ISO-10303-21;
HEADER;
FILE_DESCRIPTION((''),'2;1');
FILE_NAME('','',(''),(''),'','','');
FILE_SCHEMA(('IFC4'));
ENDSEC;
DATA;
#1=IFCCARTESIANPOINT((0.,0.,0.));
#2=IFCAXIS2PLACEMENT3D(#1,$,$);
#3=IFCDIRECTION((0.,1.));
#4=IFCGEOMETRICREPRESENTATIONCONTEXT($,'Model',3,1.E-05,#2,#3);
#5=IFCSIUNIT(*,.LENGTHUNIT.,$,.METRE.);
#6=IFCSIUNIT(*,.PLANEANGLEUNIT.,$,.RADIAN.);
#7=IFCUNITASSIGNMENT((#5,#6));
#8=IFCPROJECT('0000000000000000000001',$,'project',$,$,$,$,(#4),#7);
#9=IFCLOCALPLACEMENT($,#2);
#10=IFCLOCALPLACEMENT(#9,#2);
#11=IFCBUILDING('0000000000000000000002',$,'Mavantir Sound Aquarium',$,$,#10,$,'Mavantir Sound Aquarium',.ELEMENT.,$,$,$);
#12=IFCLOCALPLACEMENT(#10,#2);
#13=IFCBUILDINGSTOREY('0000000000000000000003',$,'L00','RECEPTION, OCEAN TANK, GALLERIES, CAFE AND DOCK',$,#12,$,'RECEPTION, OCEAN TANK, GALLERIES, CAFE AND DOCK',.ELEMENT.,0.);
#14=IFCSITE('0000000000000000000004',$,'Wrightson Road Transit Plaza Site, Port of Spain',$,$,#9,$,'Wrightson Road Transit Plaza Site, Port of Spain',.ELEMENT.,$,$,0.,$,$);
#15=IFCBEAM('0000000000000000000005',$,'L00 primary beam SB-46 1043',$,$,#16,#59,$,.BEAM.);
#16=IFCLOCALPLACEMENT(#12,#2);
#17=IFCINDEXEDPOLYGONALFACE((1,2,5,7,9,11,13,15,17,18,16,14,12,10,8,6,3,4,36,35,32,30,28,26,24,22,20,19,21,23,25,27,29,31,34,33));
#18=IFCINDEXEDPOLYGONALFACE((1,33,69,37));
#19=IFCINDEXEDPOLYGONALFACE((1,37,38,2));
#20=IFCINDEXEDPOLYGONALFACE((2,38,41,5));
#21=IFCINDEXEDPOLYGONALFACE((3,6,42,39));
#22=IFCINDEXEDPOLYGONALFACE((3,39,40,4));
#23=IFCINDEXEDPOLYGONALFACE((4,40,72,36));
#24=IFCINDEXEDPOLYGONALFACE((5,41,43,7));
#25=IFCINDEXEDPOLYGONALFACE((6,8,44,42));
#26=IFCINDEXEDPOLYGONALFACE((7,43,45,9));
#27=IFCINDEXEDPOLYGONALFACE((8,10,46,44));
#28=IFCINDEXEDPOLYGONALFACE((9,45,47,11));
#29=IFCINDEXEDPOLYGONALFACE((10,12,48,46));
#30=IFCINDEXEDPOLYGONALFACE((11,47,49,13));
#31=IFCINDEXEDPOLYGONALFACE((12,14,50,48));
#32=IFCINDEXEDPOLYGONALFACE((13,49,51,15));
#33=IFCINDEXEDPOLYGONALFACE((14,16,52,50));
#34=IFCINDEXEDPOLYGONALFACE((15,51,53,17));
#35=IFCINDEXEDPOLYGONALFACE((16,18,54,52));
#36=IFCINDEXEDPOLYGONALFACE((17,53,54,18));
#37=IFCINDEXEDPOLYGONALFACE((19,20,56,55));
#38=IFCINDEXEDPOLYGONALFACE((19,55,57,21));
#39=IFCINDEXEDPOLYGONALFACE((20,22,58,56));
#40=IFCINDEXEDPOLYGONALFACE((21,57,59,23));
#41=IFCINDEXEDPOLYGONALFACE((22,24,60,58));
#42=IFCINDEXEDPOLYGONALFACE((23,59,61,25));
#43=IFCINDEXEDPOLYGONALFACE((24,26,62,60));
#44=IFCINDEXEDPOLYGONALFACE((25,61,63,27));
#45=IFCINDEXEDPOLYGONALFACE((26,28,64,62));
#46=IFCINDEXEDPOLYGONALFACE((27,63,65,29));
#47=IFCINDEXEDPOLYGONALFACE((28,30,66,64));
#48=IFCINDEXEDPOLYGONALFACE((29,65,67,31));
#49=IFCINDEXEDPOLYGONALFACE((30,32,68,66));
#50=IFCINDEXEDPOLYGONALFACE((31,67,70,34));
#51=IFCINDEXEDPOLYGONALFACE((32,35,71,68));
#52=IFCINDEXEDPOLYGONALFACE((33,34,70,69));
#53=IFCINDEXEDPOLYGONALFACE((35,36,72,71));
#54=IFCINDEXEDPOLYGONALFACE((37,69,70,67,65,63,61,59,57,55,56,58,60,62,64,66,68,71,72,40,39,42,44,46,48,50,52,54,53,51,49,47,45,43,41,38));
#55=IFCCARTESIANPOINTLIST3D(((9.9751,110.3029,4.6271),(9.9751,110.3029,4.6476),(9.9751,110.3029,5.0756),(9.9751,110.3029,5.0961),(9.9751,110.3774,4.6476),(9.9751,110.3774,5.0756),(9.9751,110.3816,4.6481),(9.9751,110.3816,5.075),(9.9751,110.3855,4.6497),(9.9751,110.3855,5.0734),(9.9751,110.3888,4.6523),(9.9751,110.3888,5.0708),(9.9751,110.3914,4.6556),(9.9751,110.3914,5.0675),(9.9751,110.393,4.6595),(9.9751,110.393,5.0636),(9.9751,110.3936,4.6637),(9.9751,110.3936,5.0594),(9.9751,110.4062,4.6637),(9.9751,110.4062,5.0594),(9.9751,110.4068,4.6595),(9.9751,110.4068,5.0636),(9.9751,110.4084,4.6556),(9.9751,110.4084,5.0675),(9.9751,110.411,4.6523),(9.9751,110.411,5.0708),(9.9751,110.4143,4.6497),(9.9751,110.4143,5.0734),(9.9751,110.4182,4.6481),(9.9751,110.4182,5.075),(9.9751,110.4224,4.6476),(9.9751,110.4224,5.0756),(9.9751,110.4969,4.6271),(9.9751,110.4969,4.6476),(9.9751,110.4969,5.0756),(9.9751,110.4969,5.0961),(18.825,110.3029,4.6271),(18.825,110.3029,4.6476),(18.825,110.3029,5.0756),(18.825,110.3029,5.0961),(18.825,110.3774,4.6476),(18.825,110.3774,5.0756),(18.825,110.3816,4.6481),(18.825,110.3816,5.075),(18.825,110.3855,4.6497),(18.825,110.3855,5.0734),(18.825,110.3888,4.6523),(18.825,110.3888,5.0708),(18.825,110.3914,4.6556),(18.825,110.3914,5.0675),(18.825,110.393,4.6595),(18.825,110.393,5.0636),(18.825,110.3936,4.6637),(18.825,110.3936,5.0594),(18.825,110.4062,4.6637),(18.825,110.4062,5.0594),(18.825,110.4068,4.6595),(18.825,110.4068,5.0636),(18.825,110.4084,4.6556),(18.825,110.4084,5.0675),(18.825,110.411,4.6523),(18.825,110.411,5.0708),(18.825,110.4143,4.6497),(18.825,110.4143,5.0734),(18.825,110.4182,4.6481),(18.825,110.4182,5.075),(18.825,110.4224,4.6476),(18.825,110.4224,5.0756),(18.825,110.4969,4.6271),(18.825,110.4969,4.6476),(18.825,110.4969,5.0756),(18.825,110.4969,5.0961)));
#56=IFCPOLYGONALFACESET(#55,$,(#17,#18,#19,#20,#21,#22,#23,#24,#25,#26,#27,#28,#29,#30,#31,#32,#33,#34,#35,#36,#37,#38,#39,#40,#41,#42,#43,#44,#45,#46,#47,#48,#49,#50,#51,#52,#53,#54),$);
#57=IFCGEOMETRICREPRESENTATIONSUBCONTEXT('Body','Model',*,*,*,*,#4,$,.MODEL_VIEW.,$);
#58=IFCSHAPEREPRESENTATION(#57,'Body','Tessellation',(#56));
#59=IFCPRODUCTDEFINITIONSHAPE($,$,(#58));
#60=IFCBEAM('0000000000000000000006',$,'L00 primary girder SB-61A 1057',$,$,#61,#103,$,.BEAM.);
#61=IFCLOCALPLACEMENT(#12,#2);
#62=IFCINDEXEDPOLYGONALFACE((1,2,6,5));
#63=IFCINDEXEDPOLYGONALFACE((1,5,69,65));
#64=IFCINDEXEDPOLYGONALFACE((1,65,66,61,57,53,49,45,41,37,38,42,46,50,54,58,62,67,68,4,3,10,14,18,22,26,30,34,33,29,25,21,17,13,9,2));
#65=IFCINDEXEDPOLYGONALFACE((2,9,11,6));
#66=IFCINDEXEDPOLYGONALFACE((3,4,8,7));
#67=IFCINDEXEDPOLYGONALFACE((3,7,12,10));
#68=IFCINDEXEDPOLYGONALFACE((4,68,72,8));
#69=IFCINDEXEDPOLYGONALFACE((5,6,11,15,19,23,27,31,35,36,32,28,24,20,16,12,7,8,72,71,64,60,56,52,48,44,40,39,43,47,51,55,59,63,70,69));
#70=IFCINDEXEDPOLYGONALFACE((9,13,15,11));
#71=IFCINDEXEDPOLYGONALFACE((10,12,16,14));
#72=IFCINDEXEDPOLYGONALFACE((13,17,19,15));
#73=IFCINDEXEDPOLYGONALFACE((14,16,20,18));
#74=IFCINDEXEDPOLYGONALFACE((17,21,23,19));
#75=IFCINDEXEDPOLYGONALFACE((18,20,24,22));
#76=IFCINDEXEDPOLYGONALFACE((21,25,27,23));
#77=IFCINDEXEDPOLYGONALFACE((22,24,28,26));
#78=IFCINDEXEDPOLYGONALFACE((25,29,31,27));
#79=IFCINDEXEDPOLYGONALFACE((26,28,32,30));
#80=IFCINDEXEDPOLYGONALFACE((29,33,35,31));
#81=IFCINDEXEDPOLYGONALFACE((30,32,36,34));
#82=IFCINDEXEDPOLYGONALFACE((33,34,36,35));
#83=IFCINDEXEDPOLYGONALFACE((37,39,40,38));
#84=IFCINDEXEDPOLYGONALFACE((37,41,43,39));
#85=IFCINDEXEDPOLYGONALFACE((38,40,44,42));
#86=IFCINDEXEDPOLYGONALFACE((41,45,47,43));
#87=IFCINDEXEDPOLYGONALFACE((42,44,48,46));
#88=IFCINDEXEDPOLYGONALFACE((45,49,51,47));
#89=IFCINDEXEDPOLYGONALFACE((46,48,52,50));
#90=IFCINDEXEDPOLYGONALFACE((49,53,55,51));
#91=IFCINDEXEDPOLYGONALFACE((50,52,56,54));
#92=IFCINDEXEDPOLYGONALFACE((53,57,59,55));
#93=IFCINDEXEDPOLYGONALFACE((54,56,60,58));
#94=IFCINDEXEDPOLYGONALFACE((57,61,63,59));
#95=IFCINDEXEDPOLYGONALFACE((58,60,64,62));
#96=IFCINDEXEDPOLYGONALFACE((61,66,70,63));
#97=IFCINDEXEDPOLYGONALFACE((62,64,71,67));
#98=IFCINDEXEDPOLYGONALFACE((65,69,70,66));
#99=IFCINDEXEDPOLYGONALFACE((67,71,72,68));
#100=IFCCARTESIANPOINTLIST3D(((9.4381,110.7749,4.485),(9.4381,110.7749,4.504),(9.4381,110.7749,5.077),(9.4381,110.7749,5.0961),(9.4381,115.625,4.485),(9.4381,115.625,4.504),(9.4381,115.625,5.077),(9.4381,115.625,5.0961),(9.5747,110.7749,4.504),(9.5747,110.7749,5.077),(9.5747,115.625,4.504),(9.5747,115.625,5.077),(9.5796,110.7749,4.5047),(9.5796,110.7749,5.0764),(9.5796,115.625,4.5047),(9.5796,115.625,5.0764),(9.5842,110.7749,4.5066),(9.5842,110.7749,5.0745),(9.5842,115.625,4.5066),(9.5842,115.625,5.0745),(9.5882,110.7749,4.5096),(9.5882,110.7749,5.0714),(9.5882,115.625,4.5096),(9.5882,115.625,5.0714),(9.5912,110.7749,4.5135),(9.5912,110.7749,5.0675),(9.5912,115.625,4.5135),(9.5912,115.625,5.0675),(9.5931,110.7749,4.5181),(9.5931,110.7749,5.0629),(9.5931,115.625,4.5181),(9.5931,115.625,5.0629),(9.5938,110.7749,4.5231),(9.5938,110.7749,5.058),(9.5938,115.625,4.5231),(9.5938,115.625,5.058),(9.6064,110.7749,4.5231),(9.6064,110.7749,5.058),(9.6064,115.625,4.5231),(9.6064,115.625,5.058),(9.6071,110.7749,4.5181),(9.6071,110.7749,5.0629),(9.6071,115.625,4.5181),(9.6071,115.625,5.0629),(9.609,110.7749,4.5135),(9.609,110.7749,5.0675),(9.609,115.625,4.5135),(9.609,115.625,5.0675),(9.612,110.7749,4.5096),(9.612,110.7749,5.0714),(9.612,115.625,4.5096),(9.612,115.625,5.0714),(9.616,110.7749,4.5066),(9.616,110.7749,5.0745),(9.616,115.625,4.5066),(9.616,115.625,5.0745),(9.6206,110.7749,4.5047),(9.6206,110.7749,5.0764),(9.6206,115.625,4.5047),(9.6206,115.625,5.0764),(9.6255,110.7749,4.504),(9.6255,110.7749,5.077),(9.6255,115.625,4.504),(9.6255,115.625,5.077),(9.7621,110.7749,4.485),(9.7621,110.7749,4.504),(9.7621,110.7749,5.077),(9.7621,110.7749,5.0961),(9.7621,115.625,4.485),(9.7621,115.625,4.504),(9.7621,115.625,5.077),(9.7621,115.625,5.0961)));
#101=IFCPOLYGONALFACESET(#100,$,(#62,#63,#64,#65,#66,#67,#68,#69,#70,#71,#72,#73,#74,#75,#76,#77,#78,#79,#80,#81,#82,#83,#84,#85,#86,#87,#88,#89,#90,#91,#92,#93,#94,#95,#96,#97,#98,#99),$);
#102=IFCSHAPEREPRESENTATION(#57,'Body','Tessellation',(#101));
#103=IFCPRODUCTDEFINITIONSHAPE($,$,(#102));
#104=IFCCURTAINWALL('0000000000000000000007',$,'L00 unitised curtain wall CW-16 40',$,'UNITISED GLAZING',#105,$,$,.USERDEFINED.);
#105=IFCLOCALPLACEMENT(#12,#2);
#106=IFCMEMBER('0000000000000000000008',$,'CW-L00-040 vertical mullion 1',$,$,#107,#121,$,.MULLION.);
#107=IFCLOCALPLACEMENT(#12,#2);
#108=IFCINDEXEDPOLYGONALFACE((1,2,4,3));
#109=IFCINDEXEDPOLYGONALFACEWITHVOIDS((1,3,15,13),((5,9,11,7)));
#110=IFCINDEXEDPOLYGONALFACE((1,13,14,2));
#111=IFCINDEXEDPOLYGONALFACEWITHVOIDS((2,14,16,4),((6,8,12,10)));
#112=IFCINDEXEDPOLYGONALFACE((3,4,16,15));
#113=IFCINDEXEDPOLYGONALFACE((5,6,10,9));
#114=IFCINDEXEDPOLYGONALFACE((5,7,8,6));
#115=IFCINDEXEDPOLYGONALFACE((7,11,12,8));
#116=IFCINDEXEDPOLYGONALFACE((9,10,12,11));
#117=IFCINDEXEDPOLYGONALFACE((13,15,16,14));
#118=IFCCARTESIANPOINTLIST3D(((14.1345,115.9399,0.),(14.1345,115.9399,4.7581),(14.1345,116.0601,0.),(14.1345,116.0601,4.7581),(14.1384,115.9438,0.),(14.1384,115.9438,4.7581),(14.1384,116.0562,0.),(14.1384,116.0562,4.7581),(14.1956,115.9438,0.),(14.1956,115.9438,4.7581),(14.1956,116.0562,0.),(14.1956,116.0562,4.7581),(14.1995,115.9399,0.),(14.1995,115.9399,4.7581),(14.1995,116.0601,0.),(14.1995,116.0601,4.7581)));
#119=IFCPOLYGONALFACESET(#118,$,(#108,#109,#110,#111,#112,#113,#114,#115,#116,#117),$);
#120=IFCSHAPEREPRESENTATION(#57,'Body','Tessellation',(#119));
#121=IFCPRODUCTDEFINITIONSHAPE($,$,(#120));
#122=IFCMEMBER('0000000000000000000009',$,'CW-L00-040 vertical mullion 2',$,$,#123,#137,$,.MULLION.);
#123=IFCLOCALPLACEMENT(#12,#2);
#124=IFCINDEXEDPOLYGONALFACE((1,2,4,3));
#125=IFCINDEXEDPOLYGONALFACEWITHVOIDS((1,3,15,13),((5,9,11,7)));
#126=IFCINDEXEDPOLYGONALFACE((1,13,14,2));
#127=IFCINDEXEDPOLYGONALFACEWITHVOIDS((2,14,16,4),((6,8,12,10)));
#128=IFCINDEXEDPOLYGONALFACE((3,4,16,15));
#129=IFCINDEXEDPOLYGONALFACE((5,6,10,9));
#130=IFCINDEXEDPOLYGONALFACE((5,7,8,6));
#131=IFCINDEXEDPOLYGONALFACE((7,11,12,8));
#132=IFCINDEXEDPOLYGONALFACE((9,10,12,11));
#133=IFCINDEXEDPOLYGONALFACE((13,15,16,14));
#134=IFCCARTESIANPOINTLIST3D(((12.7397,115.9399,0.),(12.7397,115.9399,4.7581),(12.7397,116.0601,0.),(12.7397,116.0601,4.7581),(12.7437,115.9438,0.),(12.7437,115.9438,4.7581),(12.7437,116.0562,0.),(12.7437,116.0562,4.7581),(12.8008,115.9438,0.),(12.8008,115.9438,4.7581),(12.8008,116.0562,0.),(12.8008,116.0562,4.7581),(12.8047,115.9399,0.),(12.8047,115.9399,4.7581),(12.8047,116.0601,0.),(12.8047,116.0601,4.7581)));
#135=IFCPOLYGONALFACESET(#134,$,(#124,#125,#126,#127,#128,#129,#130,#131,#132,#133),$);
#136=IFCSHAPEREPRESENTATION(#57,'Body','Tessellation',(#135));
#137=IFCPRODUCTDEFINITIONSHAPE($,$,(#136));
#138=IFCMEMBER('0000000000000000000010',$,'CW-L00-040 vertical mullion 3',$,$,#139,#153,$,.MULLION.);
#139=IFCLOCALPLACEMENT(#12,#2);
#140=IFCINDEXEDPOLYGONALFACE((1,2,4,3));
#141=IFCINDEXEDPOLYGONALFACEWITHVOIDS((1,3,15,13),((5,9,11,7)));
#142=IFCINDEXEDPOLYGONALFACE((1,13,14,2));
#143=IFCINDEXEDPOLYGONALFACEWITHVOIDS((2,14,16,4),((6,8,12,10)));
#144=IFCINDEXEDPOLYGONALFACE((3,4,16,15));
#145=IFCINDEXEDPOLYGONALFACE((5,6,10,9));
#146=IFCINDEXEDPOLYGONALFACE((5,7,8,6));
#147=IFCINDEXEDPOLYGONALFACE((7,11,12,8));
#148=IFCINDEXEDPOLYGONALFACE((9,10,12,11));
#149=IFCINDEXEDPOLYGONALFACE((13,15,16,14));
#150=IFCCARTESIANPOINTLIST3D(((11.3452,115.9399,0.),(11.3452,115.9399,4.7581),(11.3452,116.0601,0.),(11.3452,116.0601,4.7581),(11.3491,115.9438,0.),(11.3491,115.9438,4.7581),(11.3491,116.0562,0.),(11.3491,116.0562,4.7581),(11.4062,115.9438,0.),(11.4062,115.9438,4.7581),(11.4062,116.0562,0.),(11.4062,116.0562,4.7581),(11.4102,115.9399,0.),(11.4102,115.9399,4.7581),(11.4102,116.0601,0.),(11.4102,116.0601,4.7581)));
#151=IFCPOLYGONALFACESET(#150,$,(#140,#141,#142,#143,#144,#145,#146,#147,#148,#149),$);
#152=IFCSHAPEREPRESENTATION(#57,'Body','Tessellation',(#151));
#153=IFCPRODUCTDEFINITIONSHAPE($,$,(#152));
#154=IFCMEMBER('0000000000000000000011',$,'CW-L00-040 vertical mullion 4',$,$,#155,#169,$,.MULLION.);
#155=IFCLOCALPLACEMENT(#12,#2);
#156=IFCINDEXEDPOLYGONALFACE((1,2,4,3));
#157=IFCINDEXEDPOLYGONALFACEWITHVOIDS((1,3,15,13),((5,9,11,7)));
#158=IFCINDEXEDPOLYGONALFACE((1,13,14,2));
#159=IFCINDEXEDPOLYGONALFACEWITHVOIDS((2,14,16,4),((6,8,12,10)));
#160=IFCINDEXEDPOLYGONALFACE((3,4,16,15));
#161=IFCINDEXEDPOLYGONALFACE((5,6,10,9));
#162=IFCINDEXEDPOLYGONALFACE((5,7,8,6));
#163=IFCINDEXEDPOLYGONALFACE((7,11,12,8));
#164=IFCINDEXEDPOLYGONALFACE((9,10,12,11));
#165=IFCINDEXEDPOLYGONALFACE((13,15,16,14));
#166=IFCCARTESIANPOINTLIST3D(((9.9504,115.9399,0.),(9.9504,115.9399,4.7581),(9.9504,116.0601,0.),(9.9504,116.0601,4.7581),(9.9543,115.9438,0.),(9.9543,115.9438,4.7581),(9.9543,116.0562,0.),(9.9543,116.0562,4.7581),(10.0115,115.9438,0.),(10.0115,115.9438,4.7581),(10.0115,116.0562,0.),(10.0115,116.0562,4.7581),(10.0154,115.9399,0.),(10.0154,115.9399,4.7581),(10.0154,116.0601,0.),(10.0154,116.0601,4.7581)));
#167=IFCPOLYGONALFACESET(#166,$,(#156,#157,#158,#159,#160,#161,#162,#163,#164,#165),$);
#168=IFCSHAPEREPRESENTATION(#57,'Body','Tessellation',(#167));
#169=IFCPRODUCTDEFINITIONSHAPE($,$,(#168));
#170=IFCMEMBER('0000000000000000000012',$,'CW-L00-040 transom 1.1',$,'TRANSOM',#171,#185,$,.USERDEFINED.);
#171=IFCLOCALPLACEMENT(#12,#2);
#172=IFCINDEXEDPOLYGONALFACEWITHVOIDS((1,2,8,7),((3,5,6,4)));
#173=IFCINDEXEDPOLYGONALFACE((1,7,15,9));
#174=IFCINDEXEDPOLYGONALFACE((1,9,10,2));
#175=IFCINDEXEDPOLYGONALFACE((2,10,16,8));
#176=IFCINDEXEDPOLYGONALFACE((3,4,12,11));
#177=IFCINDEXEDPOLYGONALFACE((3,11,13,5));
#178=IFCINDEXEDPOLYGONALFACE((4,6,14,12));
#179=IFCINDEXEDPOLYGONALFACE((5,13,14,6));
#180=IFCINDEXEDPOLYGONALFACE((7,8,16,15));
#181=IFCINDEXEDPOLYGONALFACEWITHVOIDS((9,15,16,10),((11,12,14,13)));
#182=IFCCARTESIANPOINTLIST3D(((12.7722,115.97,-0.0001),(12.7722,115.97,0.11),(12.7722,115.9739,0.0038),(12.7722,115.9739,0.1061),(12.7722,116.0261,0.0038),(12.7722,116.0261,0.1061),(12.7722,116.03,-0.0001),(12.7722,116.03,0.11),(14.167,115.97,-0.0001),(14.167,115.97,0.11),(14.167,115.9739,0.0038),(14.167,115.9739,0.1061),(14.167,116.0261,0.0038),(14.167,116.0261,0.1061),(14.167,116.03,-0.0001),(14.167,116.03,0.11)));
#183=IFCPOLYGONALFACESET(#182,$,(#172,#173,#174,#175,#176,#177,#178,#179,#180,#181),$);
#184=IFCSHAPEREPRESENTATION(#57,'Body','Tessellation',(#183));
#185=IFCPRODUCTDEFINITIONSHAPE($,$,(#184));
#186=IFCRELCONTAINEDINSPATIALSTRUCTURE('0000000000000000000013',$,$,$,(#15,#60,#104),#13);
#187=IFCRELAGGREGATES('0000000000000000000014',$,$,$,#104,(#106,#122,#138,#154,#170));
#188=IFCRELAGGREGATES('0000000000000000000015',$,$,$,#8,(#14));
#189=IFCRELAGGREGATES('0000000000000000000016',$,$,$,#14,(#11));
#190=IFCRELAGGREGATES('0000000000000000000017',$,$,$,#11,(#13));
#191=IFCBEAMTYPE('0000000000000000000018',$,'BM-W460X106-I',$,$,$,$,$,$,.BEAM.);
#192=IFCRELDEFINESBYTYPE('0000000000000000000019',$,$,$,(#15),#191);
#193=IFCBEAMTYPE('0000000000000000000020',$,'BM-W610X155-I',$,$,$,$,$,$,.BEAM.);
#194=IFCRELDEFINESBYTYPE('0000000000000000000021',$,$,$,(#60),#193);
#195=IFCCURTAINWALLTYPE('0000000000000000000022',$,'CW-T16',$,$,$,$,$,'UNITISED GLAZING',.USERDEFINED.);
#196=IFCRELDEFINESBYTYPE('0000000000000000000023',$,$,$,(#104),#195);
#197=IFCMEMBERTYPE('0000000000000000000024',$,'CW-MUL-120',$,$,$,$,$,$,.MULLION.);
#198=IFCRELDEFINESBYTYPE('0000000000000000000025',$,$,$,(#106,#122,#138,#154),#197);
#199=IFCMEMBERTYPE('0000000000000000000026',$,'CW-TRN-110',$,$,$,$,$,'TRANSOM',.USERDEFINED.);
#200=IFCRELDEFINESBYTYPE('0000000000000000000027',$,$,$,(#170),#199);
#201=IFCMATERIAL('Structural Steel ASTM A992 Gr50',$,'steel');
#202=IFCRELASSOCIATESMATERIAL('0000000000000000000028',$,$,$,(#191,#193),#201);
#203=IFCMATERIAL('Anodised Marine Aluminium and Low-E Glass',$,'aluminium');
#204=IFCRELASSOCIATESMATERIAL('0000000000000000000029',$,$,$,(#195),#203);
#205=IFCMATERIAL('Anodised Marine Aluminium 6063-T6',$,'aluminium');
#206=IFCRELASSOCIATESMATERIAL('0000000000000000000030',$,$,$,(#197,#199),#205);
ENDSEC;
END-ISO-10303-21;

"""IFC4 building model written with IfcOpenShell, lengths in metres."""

from ifc_helpers import new_model, si_unit, direction, frame, origin, origin_2d, place, context, subcontext, project, spatial, hollow_rectangle, i_section, extrude, material, material_profile, profile_set, type_object, element, aggregate, save


model = new_model("IFC4")

# Units and contexts
model_context = context("Model", 3, precision=1e-05, world=origin(), true_north=direction((0.0, 1.0)))
body_context = subcontext(model_context, "Body", "Model", "MODEL_VIEW")
ifc_project = project(units=[si_unit("LENGTHUNIT", "METRE"), si_unit("PLANEANGLEUNIT", "RADIAN")], contexts=[model_context])

# Site, building, storey
site_placement = place(None, origin())
site = spatial("IfcSite", under=ifc_project, at=site_placement, Name="Wrightson Road Transit Plaza Site, Port of Spain", LongName="Wrightson Road Transit Plaza Site, Port of Spain", CompositionType="ELEMENT", RefElevation=0.0)
building_placement = place(site_placement, origin())
building = spatial("IfcBuilding", under=site, at=building_placement, Name="Mavantir Sound Aquarium", LongName="Mavantir Sound Aquarium", CompositionType="ELEMENT")
storey_placement = place(building_placement, origin())
storey = spatial("IfcBuildingStorey", under=building, at=storey_placement, Name="L00", Description="RECEPTION, OCEAN TANK, GALLERIES, CAFE AND DOCK", LongName="RECEPTION, OCEAN TANK, GALLERIES, CAFE AND DOCK", CompositionType="ELEMENT", Elevation=0.0)

# Beams
ifc_material_1 = material(Name="Structural Steel ASTM A992 Gr50", Category="steel")
ifc_material_profile_1 = material_profile(ifc_material_1, i_section(OverallWidth=0.1941, OverallDepth=0.469, WebThickness=0.0127, FlangeThickness=0.0205, FilletRadius=0.0161, at=origin_2d()), Name="W460X106")
ifc_profile_set_1 = profile_set([ifc_material_profile_1], Name="Structural Steel ASTM A992 Gr50")
beam_type_1 = type_object("IfcBeamType", Name="BM-W460X106-I", PredefinedType="BEAM", material=ifc_profile_set_1)
beam_1_placement = place(storey_placement, frame((9.9751, 110.3999, 4.8616), z_axis=(1.0, 0.0, 0.0), x_axis=(0.0, 1.0, 0.0)))
element("IfcBeam", 1, at=beam_1_placement, inside=storey, type_object=beam_type_1, Name="L00 primary beam SB-46 1043", PredefinedType="BEAM", context=body_context, shape_type="SweptSolid", body=[
    extrude(i_section(OverallWidth=0.1941, OverallDepth=0.469, WebThickness=0.0127, FlangeThickness=0.0205, FilletRadius=0.0161, at=origin_2d()), origin(), (0.0, 0.0, 1.0), 8.8499),
])
ifc_material_profile_2 = material_profile(ifc_material_1, i_section(OverallWidth=0.324, OverallDepth=0.6111, WebThickness=0.0127, FlangeThickness=0.019, FilletRadius=0.019, at=origin_2d()), Name="W610X155")
ifc_profile_set_2 = profile_set([ifc_material_profile_2], Name="Structural Steel ASTM A992 Gr50")
beam_type_2 = type_object("IfcBeamType", Name="BM-W610X155-I", PredefinedType="BEAM", material=ifc_profile_set_2)
beam_2_placement = place(storey_placement, frame((9.6001, 110.7749, 4.7905), z_axis=(0.0, 1.0, 0.0), x_axis=(-1.0, 0.0, 0.0)))
element("IfcBeam", 2, at=beam_2_placement, inside=storey, type_object=beam_type_2, Name="L00 primary girder SB-61A 1057", PredefinedType="BEAM", context=body_context, shape_type="SweptSolid", body=[
    extrude(i_section(OverallWidth=0.324, OverallDepth=0.6111, WebThickness=0.0127, FlangeThickness=0.019, FilletRadius=0.019, at=origin_2d()), origin(), (0.0, 0.0, 1.0), 4.8501),
])

# Curtain wall, members
ifc_material_2 = material(Name="Anodised Marine Aluminium and Low-E Glass", Category="aluminium")
curtain_wall_type = type_object("IfcCurtainWallType", Name="CW-T16", ElementType="UNITISED GLAZING", PredefinedType="USERDEFINED", material=ifc_material_2)
curtain_wall_placement = place(storey_placement, origin())
curtain_wall = element("IfcCurtainWall", 3, at=curtain_wall_placement, inside=storey, type_object=curtain_wall_type, Name="L00 unitised curtain wall CW-16 40", ObjectType="UNITISED GLAZING", PredefinedType="USERDEFINED")
ifc_material_3 = material(Name="Anodised Marine Aluminium 6063-T6", Category="aluminium")
ifc_material_profile_3 = material_profile(ifc_material_3, hollow_rectangle(XDim=0.0649, YDim=0.1201, WallThickness=0.0039, at=origin_2d()), Name="ALU-MULLION-120X65")
ifc_profile_set_3 = profile_set([ifc_material_profile_3], Name="Anodised Marine Aluminium 6063-T6")
member_type_1 = type_object("IfcMemberType", Name="CW-MUL-120", PredefinedType="MULLION", material=ifc_profile_set_3)
member_1_placement = place(storey_placement, frame((14.167, 116.0, 0.0), z_axis=(0.0, 0.0, 1.0), x_axis=(1.0, 0.0, 0.0)))
member_1 = element("IfcMember", 4, at=member_1_placement, type_object=member_type_1, Name="CW-L00-040 vertical mullion 1", PredefinedType="MULLION", context=body_context, shape_type="SweptSolid", body=[
    extrude(hollow_rectangle(XDim=0.0649, YDim=0.1201, WallThickness=0.0039, at=origin_2d()), origin(), (0.0, 0.0, 1.0), 4.7581),
])
member_2_placement = place(storey_placement, frame((12.7722, 116.0, 0.0), z_axis=(0.0, 0.0, 1.0), x_axis=(1.0, 0.0, 0.0)))
member_2 = element("IfcMember", 5, at=member_2_placement, type_object=member_type_1, Name="CW-L00-040 vertical mullion 2", PredefinedType="MULLION", context=body_context, shape_type="SweptSolid", body=[
    extrude(hollow_rectangle(XDim=0.0649, YDim=0.1201, WallThickness=0.0039, at=origin_2d()), origin(), (0.0, 0.0, 1.0), 4.7581),
])
member_3_placement = place(storey_placement, frame((11.3777, 116.0, 0.0), z_axis=(0.0, 0.0, 1.0), x_axis=(1.0, 0.0, 0.0)))
member_3 = element("IfcMember", 6, at=member_3_placement, type_object=member_type_1, Name="CW-L00-040 vertical mullion 3", PredefinedType="MULLION", context=body_context, shape_type="SweptSolid", body=[
    extrude(hollow_rectangle(XDim=0.0649, YDim=0.1201, WallThickness=0.0039, at=origin_2d()), origin(), (0.0, 0.0, 1.0), 4.7581),
])
member_4_placement = place(storey_placement, frame((9.9829, 116.0, 0.0), z_axis=(0.0, 0.0, 1.0), x_axis=(1.0, 0.0, 0.0)))
member_4 = element("IfcMember", 7, at=member_4_placement, type_object=member_type_1, Name="CW-L00-040 vertical mullion 4", PredefinedType="MULLION", context=body_context, shape_type="SweptSolid", body=[
    extrude(hollow_rectangle(XDim=0.0649, YDim=0.1201, WallThickness=0.0039, at=origin_2d()), origin(), (0.0, 0.0, 1.0), 4.7581),
])
ifc_material_profile_4 = material_profile(ifc_material_3, hollow_rectangle(XDim=0.0601, YDim=0.1101, WallThickness=0.0039, at=origin_2d()), Name="ALU-TRANSOM-110X60")
ifc_profile_set_4 = profile_set([ifc_material_profile_4], Name="Anodised Marine Aluminium 6063-T6")
member_type_2 = type_object("IfcMemberType", Name="CW-TRN-110", ElementType="TRANSOM", PredefinedType="USERDEFINED", material=ifc_profile_set_4)
member_5_placement = place(storey_placement, frame((14.167, 116.0, 0.0549), z_axis=(-1.0, 0.0, 0.0), x_axis=(0.0, -1.0, 0.0)))
member_5 = element("IfcMember", 8, at=member_5_placement, type_object=member_type_2, Name="CW-L00-040 transom 1.1", ObjectType="TRANSOM", PredefinedType="USERDEFINED", context=body_context, shape_type="SweptSolid", body=[
    extrude(hollow_rectangle(XDim=0.0601, YDim=0.1101, WallThickness=0.0039, at=origin_2d()), origin(), (0.0, 0.0, 1.0), 1.3948),
])
aggregate(curtain_wall, [member_1, member_2, member_3, member_4, member_5])

save(model, "model.ifc")
